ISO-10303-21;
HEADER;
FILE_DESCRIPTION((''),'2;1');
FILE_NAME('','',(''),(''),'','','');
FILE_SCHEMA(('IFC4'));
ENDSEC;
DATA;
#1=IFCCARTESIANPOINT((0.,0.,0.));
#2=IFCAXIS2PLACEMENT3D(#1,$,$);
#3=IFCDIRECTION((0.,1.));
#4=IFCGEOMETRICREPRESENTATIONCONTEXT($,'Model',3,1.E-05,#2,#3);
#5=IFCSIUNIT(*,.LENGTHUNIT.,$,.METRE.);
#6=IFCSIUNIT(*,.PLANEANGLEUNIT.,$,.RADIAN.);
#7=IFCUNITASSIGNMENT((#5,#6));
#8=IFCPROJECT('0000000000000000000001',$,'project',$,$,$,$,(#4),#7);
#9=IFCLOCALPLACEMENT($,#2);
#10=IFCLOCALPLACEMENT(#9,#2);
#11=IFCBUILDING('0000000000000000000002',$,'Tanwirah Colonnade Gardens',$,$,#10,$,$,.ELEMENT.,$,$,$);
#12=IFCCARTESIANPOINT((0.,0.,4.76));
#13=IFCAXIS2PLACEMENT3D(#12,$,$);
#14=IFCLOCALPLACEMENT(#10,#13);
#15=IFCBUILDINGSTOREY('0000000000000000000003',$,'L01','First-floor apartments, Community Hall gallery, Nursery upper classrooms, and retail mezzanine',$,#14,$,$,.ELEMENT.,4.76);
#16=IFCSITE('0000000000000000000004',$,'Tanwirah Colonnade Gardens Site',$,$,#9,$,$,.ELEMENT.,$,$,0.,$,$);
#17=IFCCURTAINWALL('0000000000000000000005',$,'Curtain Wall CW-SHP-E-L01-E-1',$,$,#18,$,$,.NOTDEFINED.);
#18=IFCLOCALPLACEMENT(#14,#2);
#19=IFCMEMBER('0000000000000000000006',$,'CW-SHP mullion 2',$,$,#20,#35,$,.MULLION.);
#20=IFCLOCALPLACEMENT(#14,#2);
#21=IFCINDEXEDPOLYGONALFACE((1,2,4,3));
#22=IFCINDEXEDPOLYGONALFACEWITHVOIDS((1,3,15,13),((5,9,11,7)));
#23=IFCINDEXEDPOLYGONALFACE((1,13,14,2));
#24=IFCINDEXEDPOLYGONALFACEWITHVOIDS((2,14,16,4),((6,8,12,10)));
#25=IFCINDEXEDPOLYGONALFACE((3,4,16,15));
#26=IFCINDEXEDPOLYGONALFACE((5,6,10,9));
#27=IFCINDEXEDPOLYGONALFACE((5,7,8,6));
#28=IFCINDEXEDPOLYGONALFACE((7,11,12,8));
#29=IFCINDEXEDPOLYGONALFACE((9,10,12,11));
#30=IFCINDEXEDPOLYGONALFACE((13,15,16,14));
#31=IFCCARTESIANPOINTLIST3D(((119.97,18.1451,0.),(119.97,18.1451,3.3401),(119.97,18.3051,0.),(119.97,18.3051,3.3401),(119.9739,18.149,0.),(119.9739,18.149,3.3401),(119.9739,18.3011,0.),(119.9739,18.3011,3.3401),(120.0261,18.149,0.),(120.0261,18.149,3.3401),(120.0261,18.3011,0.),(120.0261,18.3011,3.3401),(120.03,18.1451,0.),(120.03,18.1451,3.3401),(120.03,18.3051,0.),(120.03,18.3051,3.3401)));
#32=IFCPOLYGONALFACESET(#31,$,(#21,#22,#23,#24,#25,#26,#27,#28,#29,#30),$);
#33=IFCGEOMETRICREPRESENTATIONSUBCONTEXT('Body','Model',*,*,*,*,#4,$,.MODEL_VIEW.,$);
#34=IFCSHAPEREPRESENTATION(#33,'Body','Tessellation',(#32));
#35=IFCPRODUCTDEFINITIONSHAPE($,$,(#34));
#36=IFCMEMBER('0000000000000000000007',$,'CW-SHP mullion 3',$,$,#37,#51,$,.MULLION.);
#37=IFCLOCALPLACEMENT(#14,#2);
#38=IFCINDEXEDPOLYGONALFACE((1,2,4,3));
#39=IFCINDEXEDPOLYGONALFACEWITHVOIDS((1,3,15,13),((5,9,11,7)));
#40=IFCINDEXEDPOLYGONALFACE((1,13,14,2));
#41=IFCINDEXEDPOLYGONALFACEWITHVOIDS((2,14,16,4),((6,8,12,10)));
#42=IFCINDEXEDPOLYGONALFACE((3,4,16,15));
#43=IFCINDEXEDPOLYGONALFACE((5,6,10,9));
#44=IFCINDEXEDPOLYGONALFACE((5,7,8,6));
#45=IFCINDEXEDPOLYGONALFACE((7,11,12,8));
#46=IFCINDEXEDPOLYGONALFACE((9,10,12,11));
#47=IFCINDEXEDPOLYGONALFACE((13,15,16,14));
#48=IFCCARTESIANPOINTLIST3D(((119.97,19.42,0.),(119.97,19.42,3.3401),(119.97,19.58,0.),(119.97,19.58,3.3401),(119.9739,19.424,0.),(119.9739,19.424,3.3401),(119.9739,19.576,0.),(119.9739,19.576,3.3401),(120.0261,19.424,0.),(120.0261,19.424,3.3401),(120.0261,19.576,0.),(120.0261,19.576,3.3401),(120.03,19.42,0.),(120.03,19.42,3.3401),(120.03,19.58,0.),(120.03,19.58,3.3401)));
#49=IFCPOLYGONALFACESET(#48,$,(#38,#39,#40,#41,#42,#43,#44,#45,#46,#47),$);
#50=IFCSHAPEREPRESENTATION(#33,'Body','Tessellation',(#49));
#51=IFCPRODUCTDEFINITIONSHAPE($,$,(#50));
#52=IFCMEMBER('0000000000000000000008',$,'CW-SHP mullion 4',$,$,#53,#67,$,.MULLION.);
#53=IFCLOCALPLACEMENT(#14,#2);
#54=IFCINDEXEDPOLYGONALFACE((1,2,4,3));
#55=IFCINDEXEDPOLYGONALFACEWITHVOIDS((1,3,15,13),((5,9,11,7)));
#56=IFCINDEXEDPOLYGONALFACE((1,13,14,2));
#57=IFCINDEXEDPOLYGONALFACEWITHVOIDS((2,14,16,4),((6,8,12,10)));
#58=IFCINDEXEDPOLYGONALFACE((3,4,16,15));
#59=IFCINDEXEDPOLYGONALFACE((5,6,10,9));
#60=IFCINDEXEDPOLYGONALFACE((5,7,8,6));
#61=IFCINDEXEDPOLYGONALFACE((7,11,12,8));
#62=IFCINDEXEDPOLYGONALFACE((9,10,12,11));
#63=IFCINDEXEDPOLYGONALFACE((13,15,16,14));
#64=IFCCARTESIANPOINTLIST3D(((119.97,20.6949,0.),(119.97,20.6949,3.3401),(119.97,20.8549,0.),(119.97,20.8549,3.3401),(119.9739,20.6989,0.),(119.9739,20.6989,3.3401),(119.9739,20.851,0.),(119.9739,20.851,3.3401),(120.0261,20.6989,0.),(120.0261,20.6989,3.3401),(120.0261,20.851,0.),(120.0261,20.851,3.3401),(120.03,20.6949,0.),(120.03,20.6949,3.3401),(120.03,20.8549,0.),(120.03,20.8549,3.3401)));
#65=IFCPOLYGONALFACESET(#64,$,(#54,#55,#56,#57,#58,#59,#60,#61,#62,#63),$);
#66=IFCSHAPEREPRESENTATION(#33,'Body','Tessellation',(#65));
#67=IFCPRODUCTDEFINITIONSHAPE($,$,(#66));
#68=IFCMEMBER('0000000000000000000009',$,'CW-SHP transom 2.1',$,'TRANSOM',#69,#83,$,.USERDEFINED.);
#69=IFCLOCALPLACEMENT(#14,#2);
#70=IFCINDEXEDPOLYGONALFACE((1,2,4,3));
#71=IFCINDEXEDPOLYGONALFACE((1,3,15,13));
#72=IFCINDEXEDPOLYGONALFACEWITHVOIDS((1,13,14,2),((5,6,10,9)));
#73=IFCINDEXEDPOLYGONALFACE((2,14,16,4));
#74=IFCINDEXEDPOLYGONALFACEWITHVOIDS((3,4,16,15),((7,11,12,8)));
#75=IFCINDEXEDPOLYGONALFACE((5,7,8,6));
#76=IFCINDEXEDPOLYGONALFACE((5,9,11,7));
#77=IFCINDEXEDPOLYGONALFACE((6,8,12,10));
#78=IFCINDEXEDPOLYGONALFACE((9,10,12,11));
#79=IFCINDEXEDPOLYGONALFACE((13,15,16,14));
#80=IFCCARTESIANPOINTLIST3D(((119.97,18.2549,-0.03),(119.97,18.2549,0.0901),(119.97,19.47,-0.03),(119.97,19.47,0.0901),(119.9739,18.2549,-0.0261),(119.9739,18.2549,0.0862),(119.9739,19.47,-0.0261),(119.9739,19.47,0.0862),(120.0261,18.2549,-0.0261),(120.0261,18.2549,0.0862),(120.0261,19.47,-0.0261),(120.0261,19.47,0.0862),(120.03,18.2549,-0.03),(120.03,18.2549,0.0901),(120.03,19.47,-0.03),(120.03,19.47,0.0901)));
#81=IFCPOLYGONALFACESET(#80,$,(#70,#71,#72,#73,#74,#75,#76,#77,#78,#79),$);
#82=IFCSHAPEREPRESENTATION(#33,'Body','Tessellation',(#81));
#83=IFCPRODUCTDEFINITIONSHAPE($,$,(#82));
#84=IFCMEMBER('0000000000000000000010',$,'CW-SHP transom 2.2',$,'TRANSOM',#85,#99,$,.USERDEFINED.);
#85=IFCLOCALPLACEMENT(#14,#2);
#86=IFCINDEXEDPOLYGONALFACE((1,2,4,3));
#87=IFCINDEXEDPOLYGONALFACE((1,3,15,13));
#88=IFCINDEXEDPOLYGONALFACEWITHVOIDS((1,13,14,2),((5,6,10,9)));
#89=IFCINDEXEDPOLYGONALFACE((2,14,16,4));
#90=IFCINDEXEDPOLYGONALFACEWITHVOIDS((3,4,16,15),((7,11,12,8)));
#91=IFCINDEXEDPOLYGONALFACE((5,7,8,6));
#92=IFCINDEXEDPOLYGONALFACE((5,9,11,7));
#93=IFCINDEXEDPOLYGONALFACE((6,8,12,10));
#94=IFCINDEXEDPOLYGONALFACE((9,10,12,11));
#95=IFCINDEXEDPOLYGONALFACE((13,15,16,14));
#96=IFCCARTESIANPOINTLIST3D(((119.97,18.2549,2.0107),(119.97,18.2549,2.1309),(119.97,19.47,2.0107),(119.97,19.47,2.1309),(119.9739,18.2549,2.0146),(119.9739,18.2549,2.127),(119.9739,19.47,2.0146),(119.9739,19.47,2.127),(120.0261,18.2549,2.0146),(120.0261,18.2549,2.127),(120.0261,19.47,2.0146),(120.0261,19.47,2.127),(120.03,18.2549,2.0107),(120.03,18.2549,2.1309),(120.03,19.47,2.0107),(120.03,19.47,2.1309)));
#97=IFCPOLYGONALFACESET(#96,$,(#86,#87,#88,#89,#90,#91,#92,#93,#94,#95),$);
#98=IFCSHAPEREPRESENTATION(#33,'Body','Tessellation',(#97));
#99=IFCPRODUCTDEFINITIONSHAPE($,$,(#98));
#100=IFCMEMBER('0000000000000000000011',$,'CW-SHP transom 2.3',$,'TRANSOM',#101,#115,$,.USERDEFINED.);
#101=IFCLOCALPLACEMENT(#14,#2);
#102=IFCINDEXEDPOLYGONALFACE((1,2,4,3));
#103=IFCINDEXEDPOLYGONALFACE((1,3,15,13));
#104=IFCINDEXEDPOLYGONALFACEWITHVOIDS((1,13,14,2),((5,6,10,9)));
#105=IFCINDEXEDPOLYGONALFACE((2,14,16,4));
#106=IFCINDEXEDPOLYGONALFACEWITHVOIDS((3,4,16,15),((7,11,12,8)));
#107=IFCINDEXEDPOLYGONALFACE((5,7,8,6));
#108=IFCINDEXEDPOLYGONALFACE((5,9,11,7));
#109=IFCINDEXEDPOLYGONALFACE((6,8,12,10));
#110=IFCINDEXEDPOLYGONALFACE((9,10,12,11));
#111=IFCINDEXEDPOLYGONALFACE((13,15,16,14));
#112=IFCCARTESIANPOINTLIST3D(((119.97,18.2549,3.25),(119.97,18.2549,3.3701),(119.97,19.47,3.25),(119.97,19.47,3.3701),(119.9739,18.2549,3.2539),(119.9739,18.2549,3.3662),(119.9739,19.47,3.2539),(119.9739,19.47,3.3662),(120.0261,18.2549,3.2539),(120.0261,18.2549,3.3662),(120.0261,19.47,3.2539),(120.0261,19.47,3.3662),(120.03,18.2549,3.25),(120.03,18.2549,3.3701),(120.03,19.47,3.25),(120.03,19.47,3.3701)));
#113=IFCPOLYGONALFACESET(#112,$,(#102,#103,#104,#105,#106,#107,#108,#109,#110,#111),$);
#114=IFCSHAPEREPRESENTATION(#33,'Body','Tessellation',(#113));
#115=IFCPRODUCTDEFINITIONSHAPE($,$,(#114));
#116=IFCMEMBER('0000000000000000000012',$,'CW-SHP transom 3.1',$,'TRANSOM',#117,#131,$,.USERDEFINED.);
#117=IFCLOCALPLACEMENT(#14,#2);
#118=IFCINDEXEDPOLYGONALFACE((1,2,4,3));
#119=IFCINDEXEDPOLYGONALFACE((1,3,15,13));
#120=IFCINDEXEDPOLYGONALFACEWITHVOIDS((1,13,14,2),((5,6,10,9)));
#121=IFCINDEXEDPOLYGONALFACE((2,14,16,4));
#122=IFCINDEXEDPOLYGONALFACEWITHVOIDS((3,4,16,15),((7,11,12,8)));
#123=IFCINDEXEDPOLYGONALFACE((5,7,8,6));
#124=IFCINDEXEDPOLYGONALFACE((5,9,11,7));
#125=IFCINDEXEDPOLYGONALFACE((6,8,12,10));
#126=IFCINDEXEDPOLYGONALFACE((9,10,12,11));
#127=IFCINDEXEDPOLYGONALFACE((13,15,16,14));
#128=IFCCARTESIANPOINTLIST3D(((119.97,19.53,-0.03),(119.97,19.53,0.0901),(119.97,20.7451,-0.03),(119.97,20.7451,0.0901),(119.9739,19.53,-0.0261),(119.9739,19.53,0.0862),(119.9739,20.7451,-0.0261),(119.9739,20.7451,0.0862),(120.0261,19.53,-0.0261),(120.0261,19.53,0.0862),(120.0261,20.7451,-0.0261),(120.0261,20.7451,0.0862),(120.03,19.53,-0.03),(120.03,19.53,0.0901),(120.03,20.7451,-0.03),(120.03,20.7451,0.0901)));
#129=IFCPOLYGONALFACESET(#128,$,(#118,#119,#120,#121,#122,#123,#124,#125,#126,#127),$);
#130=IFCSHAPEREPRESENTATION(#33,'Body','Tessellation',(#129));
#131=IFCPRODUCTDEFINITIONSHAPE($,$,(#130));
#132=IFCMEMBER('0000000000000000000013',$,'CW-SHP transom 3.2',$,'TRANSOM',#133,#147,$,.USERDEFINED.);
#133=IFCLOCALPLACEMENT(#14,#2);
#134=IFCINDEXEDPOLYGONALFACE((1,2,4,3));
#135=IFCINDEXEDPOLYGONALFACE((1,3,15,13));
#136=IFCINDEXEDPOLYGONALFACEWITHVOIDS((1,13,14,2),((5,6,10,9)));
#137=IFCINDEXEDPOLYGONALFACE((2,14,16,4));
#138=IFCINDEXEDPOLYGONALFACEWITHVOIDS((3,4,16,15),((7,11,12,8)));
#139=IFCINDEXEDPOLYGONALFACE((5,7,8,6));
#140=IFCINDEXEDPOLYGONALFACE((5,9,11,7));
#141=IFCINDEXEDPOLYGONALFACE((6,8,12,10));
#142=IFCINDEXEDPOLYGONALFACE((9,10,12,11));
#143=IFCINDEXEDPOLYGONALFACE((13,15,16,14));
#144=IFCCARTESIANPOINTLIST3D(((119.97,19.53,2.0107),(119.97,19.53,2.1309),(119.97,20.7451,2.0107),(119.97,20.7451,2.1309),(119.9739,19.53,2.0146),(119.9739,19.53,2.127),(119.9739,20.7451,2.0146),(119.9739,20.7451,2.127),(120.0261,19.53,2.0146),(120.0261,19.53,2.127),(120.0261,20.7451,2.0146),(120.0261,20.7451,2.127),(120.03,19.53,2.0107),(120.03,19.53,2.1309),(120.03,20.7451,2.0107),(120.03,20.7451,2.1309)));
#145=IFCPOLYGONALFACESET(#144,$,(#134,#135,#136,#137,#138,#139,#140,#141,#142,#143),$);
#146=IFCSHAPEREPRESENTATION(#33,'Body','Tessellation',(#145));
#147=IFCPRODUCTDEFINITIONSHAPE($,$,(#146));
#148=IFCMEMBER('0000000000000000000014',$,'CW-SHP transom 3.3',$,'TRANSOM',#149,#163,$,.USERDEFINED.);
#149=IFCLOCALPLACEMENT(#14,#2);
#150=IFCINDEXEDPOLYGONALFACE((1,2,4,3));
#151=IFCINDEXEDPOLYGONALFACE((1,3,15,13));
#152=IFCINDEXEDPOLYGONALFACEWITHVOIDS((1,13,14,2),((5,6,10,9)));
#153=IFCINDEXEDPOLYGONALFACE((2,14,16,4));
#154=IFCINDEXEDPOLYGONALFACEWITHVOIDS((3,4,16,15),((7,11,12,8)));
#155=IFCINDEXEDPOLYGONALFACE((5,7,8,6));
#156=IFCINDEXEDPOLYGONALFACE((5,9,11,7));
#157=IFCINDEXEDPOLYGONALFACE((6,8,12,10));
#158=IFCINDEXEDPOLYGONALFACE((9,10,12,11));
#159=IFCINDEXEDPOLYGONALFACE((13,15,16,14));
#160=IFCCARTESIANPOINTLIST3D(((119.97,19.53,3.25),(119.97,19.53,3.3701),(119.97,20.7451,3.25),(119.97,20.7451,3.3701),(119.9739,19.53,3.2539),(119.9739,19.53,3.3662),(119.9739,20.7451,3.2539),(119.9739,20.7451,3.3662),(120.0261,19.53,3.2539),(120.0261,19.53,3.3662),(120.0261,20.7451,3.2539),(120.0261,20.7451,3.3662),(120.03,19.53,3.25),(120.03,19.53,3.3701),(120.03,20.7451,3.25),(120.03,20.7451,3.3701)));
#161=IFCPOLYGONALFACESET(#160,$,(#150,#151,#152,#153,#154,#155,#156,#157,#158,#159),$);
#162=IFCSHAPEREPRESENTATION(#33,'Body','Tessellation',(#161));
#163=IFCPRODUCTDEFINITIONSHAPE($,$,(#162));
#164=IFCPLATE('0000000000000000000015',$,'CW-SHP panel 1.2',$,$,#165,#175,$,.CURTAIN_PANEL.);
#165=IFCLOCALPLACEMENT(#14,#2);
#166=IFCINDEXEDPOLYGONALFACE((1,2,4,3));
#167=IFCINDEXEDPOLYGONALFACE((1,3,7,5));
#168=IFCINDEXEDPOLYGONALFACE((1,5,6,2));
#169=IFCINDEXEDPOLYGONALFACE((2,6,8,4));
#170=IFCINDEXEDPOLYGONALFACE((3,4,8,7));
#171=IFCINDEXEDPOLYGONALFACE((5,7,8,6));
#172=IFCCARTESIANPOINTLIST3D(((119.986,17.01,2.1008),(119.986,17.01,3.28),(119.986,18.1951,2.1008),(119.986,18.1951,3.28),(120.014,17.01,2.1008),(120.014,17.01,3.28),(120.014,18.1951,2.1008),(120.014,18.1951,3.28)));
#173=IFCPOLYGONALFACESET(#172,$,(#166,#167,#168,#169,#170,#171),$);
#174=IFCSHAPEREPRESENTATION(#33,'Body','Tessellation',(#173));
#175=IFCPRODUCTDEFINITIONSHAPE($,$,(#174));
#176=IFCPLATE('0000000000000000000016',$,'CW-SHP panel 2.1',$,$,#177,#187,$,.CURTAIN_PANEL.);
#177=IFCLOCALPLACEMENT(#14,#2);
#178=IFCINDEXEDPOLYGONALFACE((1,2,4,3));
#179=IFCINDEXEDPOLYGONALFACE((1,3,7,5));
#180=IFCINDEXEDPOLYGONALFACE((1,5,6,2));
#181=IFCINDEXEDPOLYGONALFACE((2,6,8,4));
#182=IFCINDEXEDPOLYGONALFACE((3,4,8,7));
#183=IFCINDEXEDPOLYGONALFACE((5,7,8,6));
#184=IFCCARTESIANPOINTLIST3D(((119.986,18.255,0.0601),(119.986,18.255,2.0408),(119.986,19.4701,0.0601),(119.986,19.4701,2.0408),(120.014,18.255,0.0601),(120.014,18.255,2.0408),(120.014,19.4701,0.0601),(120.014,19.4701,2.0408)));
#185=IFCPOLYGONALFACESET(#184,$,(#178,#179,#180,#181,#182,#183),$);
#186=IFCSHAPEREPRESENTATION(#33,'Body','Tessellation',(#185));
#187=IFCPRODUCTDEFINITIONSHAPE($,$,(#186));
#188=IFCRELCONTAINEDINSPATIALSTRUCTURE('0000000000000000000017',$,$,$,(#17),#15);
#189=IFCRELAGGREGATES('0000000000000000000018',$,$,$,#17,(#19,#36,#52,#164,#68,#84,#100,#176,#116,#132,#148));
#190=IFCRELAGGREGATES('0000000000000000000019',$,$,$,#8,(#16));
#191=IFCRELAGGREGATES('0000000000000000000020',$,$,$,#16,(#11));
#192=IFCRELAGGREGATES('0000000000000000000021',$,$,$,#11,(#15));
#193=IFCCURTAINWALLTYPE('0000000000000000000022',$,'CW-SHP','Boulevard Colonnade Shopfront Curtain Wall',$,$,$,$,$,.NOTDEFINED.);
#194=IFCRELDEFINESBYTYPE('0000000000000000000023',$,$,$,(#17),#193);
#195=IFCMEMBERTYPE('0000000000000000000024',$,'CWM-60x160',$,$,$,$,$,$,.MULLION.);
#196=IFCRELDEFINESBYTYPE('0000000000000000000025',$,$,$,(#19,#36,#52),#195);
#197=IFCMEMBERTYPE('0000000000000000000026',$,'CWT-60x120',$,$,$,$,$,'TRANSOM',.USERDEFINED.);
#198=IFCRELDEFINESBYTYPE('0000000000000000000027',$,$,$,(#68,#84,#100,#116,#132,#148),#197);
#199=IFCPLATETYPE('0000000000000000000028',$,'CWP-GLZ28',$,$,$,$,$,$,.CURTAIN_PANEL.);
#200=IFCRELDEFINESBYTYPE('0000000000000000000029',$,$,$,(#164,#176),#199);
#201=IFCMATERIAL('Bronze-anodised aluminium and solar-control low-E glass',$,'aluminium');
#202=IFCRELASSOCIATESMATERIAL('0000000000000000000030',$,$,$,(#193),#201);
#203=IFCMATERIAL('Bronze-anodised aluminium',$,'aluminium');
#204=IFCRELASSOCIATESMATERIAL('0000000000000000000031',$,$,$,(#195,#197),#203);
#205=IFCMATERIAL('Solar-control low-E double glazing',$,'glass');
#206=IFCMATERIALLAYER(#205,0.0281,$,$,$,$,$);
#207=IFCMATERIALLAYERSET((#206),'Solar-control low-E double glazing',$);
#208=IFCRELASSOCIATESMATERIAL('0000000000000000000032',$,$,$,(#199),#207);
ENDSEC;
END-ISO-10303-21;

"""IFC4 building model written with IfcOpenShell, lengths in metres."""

from ifc_helpers import new_model, si_unit, direction, frame, origin, origin_2d, place, context, subcontext, project, spatial, rectangle, hollow_rectangle, extrude, material, layer, layer_set, material_profile, profile_set, type_object, element, aggregate, save


model = new_model("IFC4")

# Units and contexts
model_context = context("Model", 3, precision=1e-05, world=origin(), true_north=direction((0.0, 1.0)))
body_context = subcontext(model_context, "Body", "Model", "MODEL_VIEW")
ifc_project = project(units=[si_unit("LENGTHUNIT", "METRE"), si_unit("PLANEANGLEUNIT", "RADIAN")], contexts=[model_context])

# Site, building, storey
site_placement = place(None, origin())
site = spatial("IfcSite", under=ifc_project, at=site_placement, Name="Tanwirah Colonnade Gardens Site", CompositionType="ELEMENT", RefElevation=0.0)
building_placement = place(site_placement, origin())
building = spatial("IfcBuilding", under=site, at=building_placement, Name="Tanwirah Colonnade Gardens", CompositionType="ELEMENT")
storey_placement = place(building_placement, frame((0.0, 0.0, 4.76)))
storey = spatial("IfcBuildingStorey", under=building, at=storey_placement, Name="L01", Description="First-floor apartments, Community Hall gallery, Nursery upper classrooms, and retail mezzanine", CompositionType="ELEMENT", Elevation=4.76)

# Curtain wall, members, plates
ifc_material_1 = material(Name="Bronze-anodised aluminium and solar-control low-E glass", Category="aluminium")
curtain_wall_type = type_object("IfcCurtainWallType", Name="CW-SHP", Description="Boulevard Colonnade Shopfront Curtain Wall", PredefinedType="NOTDEFINED", material=ifc_material_1)
curtain_wall_placement = place(storey_placement, origin())
curtain_wall = element("IfcCurtainWall", 1, at=curtain_wall_placement, inside=storey, type_object=curtain_wall_type, Name="Curtain Wall CW-SHP-E-L01-E-1", PredefinedType="NOTDEFINED")
ifc_material_2 = material(Name="Bronze-anodised aluminium", Category="aluminium")
ifc_material_profile_1 = material_profile(ifc_material_2, hollow_rectangle(XDim=0.0601, YDim=0.1599, WallThickness=0.0039, at=origin_2d()), Name="CW-MUL 60x160x4")
ifc_profile_set_1 = profile_set([ifc_material_profile_1], Name="Bronze-anodised aluminium")
member_type_1 = type_object("IfcMemberType", Name="CWM-60x160", PredefinedType="MULLION", material=ifc_profile_set_1)
member_1_placement = place(storey_placement, frame((120.0, 18.2251, 0.0), z_axis=(0.0, 0.0, 1.0), x_axis=(-1.0, 0.0, 0.0)))
member_1 = element("IfcMember", 2, at=member_1_placement, type_object=member_type_1, Name="CW-SHP mullion 2", PredefinedType="MULLION", context=body_context, shape_type="SweptSolid", body=[
    extrude(hollow_rectangle(XDim=0.0601, YDim=0.1599, WallThickness=0.0039, at=origin_2d()), origin(), (0.0, 0.0, 1.0), 3.3401),
])
member_2_placement = place(storey_placement, frame((120.0, 19.5, 0.0), z_axis=(0.0, 0.0, 1.0), x_axis=(-1.0, 0.0, 0.0)))
member_2 = element("IfcMember", 3, at=member_2_placement, type_object=member_type_1, Name="CW-SHP mullion 3", PredefinedType="MULLION", context=body_context, shape_type="SweptSolid", body=[
    extrude(hollow_rectangle(XDim=0.0601, YDim=0.1599, WallThickness=0.0039, at=origin_2d()), origin(), (0.0, 0.0, 1.0), 3.3401),
])
member_3_placement = place(storey_placement, frame((120.0, 20.7749, 0.0), z_axis=(0.0, 0.0, 1.0), x_axis=(-1.0, 0.0, 0.0)))
member_3 = element("IfcMember", 4, at=member_3_placement, type_object=member_type_1, Name="CW-SHP mullion 4", PredefinedType="MULLION", context=body_context, shape_type="SweptSolid", body=[
    extrude(hollow_rectangle(XDim=0.0601, YDim=0.1599, WallThickness=0.0039, at=origin_2d()), origin(), (0.0, 0.0, 1.0), 3.3401),
])
ifc_material_profile_2 = material_profile(ifc_material_2, hollow_rectangle(XDim=0.0601, YDim=0.1201, WallThickness=0.0039, at=origin_2d()), Name="CW-TRN 60x120x4")
ifc_profile_set_2 = profile_set([ifc_material_profile_2], Name="Bronze-anodised aluminium")
member_type_2 = type_object("IfcMemberType", Name="CWT-60x120", ElementType="TRANSOM", PredefinedType="USERDEFINED", material=ifc_profile_set_2)
member_4_placement = place(storey_placement, frame((120.0, 18.2549, 0.03), z_axis=(0.0, 1.0, 0.0), x_axis=(-1.0, 0.0, 0.0)))
member_4 = element("IfcMember", 5, at=member_4_placement, type_object=member_type_2, Name="CW-SHP transom 2.1", ObjectType="TRANSOM", PredefinedType="USERDEFINED", context=body_context, shape_type="SweptSolid", body=[
    extrude(hollow_rectangle(XDim=0.0601, YDim=0.1201, WallThickness=0.0039, at=origin_2d()), origin(), (0.0, 0.0, 1.0), 1.2151),
])
member_5_placement = place(storey_placement, frame((120.0, 18.2549, 2.0708), z_axis=(0.0, 1.0, 0.0), x_axis=(-1.0, 0.0, 0.0)))
member_5 = element("IfcMember", 6, at=member_5_placement, type_object=member_type_2, Name="CW-SHP transom 2.2", ObjectType="TRANSOM", PredefinedType="USERDEFINED", context=body_context, shape_type="SweptSolid", body=[
    extrude(hollow_rectangle(XDim=0.0601, YDim=0.1201, WallThickness=0.0039, at=origin_2d()), origin(), (0.0, 0.0, 1.0), 1.2151),
])
member_6_placement = place(storey_placement, frame((120.0, 18.2549, 3.3101), z_axis=(0.0, 1.0, 0.0), x_axis=(-1.0, 0.0, 0.0)))
member_6 = element("IfcMember", 7, at=member_6_placement, type_object=member_type_2, Name="CW-SHP transom 2.3", ObjectType="TRANSOM", PredefinedType="USERDEFINED", context=body_context, shape_type="SweptSolid", body=[
    extrude(hollow_rectangle(XDim=0.0601, YDim=0.1201, WallThickness=0.0039, at=origin_2d()), origin(), (0.0, 0.0, 1.0), 1.2151),
])
member_7_placement = place(storey_placement, frame((120.0, 19.53, 0.03), z_axis=(0.0, 1.0, 0.0), x_axis=(-1.0, 0.0, 0.0)))
member_7 = element("IfcMember", 8, at=member_7_placement, type_object=member_type_2, Name="CW-SHP transom 3.1", ObjectType="TRANSOM", PredefinedType="USERDEFINED", context=body_context, shape_type="SweptSolid", body=[
    extrude(hollow_rectangle(XDim=0.0601, YDim=0.1201, WallThickness=0.0039, at=origin_2d()), origin(), (0.0, 0.0, 1.0), 1.2151),
])
member_8_placement = place(storey_placement, frame((120.0, 19.53, 2.0708), z_axis=(0.0, 1.0, 0.0), x_axis=(-1.0, 0.0, 0.0)))
member_8 = element("IfcMember", 9, at=member_8_placement, type_object=member_type_2, Name="CW-SHP transom 3.2", ObjectType="TRANSOM", PredefinedType="USERDEFINED", context=body_context, shape_type="SweptSolid", body=[
    extrude(hollow_rectangle(XDim=0.0601, YDim=0.1201, WallThickness=0.0039, at=origin_2d()), origin(), (0.0, 0.0, 1.0), 1.2151),
])
member_9_placement = place(storey_placement, frame((120.0, 19.53, 3.3101), z_axis=(0.0, 1.0, 0.0), x_axis=(-1.0, 0.0, 0.0)))
member_9 = element("IfcMember", 10, at=member_9_placement, type_object=member_type_2, Name="CW-SHP transom 3.3", ObjectType="TRANSOM", PredefinedType="USERDEFINED", context=body_context, shape_type="SweptSolid", body=[
    extrude(hollow_rectangle(XDim=0.0601, YDim=0.1201, WallThickness=0.0039, at=origin_2d()), origin(), (0.0, 0.0, 1.0), 1.2151),
])
ifc_material_3 = material(Name="Solar-control low-E double glazing", Category="glass")
ifc_layer_1 = layer(ifc_material_3, 0.0281)
ifc_layer_set_1 = layer_set([ifc_layer_1], Name="Solar-control low-E double glazing")
plate_type = type_object("IfcPlateType", Name="CWP-GLZ28", PredefinedType="CURTAIN_PANEL", material=ifc_layer_set_1)
plate_1_placement = place(storey_placement, frame((120.0, 17.6025, 2.1008), z_axis=(0.0, 0.0, 1.0), x_axis=(0.0, 1.0, 0.0)))
plate_1 = element("IfcPlate", 11, at=plate_1_placement, type_object=plate_type, Name="CW-SHP panel 1.2", PredefinedType="CURTAIN_PANEL", context=body_context, shape_type="SweptSolid", body=[
    extrude(rectangle(XDim=1.1851, YDim=0.0281, at=origin_2d()), origin(), (0.0, 0.0, 1.0), 1.1792),
])
plate_2_placement = place(storey_placement, frame((120.0, 18.8625, 0.0601), z_axis=(0.0, 0.0, 1.0), x_axis=(0.0, 1.0, 0.0)))
plate_2 = element("IfcPlate", 12, at=plate_2_placement, type_object=plate_type, Name="CW-SHP panel 2.1", PredefinedType="CURTAIN_PANEL", context=body_context, shape_type="SweptSolid", body=[
    extrude(rectangle(XDim=1.2151, YDim=0.0281, at=origin_2d()), origin(), (0.0, 0.0, 1.0), 1.9807),
])
aggregate(curtain_wall, [member_1, member_2, member_3, plate_1, member_4, member_5, member_6, plate_2, member_7, member_8, member_9])

save(model, "model.ifc")
